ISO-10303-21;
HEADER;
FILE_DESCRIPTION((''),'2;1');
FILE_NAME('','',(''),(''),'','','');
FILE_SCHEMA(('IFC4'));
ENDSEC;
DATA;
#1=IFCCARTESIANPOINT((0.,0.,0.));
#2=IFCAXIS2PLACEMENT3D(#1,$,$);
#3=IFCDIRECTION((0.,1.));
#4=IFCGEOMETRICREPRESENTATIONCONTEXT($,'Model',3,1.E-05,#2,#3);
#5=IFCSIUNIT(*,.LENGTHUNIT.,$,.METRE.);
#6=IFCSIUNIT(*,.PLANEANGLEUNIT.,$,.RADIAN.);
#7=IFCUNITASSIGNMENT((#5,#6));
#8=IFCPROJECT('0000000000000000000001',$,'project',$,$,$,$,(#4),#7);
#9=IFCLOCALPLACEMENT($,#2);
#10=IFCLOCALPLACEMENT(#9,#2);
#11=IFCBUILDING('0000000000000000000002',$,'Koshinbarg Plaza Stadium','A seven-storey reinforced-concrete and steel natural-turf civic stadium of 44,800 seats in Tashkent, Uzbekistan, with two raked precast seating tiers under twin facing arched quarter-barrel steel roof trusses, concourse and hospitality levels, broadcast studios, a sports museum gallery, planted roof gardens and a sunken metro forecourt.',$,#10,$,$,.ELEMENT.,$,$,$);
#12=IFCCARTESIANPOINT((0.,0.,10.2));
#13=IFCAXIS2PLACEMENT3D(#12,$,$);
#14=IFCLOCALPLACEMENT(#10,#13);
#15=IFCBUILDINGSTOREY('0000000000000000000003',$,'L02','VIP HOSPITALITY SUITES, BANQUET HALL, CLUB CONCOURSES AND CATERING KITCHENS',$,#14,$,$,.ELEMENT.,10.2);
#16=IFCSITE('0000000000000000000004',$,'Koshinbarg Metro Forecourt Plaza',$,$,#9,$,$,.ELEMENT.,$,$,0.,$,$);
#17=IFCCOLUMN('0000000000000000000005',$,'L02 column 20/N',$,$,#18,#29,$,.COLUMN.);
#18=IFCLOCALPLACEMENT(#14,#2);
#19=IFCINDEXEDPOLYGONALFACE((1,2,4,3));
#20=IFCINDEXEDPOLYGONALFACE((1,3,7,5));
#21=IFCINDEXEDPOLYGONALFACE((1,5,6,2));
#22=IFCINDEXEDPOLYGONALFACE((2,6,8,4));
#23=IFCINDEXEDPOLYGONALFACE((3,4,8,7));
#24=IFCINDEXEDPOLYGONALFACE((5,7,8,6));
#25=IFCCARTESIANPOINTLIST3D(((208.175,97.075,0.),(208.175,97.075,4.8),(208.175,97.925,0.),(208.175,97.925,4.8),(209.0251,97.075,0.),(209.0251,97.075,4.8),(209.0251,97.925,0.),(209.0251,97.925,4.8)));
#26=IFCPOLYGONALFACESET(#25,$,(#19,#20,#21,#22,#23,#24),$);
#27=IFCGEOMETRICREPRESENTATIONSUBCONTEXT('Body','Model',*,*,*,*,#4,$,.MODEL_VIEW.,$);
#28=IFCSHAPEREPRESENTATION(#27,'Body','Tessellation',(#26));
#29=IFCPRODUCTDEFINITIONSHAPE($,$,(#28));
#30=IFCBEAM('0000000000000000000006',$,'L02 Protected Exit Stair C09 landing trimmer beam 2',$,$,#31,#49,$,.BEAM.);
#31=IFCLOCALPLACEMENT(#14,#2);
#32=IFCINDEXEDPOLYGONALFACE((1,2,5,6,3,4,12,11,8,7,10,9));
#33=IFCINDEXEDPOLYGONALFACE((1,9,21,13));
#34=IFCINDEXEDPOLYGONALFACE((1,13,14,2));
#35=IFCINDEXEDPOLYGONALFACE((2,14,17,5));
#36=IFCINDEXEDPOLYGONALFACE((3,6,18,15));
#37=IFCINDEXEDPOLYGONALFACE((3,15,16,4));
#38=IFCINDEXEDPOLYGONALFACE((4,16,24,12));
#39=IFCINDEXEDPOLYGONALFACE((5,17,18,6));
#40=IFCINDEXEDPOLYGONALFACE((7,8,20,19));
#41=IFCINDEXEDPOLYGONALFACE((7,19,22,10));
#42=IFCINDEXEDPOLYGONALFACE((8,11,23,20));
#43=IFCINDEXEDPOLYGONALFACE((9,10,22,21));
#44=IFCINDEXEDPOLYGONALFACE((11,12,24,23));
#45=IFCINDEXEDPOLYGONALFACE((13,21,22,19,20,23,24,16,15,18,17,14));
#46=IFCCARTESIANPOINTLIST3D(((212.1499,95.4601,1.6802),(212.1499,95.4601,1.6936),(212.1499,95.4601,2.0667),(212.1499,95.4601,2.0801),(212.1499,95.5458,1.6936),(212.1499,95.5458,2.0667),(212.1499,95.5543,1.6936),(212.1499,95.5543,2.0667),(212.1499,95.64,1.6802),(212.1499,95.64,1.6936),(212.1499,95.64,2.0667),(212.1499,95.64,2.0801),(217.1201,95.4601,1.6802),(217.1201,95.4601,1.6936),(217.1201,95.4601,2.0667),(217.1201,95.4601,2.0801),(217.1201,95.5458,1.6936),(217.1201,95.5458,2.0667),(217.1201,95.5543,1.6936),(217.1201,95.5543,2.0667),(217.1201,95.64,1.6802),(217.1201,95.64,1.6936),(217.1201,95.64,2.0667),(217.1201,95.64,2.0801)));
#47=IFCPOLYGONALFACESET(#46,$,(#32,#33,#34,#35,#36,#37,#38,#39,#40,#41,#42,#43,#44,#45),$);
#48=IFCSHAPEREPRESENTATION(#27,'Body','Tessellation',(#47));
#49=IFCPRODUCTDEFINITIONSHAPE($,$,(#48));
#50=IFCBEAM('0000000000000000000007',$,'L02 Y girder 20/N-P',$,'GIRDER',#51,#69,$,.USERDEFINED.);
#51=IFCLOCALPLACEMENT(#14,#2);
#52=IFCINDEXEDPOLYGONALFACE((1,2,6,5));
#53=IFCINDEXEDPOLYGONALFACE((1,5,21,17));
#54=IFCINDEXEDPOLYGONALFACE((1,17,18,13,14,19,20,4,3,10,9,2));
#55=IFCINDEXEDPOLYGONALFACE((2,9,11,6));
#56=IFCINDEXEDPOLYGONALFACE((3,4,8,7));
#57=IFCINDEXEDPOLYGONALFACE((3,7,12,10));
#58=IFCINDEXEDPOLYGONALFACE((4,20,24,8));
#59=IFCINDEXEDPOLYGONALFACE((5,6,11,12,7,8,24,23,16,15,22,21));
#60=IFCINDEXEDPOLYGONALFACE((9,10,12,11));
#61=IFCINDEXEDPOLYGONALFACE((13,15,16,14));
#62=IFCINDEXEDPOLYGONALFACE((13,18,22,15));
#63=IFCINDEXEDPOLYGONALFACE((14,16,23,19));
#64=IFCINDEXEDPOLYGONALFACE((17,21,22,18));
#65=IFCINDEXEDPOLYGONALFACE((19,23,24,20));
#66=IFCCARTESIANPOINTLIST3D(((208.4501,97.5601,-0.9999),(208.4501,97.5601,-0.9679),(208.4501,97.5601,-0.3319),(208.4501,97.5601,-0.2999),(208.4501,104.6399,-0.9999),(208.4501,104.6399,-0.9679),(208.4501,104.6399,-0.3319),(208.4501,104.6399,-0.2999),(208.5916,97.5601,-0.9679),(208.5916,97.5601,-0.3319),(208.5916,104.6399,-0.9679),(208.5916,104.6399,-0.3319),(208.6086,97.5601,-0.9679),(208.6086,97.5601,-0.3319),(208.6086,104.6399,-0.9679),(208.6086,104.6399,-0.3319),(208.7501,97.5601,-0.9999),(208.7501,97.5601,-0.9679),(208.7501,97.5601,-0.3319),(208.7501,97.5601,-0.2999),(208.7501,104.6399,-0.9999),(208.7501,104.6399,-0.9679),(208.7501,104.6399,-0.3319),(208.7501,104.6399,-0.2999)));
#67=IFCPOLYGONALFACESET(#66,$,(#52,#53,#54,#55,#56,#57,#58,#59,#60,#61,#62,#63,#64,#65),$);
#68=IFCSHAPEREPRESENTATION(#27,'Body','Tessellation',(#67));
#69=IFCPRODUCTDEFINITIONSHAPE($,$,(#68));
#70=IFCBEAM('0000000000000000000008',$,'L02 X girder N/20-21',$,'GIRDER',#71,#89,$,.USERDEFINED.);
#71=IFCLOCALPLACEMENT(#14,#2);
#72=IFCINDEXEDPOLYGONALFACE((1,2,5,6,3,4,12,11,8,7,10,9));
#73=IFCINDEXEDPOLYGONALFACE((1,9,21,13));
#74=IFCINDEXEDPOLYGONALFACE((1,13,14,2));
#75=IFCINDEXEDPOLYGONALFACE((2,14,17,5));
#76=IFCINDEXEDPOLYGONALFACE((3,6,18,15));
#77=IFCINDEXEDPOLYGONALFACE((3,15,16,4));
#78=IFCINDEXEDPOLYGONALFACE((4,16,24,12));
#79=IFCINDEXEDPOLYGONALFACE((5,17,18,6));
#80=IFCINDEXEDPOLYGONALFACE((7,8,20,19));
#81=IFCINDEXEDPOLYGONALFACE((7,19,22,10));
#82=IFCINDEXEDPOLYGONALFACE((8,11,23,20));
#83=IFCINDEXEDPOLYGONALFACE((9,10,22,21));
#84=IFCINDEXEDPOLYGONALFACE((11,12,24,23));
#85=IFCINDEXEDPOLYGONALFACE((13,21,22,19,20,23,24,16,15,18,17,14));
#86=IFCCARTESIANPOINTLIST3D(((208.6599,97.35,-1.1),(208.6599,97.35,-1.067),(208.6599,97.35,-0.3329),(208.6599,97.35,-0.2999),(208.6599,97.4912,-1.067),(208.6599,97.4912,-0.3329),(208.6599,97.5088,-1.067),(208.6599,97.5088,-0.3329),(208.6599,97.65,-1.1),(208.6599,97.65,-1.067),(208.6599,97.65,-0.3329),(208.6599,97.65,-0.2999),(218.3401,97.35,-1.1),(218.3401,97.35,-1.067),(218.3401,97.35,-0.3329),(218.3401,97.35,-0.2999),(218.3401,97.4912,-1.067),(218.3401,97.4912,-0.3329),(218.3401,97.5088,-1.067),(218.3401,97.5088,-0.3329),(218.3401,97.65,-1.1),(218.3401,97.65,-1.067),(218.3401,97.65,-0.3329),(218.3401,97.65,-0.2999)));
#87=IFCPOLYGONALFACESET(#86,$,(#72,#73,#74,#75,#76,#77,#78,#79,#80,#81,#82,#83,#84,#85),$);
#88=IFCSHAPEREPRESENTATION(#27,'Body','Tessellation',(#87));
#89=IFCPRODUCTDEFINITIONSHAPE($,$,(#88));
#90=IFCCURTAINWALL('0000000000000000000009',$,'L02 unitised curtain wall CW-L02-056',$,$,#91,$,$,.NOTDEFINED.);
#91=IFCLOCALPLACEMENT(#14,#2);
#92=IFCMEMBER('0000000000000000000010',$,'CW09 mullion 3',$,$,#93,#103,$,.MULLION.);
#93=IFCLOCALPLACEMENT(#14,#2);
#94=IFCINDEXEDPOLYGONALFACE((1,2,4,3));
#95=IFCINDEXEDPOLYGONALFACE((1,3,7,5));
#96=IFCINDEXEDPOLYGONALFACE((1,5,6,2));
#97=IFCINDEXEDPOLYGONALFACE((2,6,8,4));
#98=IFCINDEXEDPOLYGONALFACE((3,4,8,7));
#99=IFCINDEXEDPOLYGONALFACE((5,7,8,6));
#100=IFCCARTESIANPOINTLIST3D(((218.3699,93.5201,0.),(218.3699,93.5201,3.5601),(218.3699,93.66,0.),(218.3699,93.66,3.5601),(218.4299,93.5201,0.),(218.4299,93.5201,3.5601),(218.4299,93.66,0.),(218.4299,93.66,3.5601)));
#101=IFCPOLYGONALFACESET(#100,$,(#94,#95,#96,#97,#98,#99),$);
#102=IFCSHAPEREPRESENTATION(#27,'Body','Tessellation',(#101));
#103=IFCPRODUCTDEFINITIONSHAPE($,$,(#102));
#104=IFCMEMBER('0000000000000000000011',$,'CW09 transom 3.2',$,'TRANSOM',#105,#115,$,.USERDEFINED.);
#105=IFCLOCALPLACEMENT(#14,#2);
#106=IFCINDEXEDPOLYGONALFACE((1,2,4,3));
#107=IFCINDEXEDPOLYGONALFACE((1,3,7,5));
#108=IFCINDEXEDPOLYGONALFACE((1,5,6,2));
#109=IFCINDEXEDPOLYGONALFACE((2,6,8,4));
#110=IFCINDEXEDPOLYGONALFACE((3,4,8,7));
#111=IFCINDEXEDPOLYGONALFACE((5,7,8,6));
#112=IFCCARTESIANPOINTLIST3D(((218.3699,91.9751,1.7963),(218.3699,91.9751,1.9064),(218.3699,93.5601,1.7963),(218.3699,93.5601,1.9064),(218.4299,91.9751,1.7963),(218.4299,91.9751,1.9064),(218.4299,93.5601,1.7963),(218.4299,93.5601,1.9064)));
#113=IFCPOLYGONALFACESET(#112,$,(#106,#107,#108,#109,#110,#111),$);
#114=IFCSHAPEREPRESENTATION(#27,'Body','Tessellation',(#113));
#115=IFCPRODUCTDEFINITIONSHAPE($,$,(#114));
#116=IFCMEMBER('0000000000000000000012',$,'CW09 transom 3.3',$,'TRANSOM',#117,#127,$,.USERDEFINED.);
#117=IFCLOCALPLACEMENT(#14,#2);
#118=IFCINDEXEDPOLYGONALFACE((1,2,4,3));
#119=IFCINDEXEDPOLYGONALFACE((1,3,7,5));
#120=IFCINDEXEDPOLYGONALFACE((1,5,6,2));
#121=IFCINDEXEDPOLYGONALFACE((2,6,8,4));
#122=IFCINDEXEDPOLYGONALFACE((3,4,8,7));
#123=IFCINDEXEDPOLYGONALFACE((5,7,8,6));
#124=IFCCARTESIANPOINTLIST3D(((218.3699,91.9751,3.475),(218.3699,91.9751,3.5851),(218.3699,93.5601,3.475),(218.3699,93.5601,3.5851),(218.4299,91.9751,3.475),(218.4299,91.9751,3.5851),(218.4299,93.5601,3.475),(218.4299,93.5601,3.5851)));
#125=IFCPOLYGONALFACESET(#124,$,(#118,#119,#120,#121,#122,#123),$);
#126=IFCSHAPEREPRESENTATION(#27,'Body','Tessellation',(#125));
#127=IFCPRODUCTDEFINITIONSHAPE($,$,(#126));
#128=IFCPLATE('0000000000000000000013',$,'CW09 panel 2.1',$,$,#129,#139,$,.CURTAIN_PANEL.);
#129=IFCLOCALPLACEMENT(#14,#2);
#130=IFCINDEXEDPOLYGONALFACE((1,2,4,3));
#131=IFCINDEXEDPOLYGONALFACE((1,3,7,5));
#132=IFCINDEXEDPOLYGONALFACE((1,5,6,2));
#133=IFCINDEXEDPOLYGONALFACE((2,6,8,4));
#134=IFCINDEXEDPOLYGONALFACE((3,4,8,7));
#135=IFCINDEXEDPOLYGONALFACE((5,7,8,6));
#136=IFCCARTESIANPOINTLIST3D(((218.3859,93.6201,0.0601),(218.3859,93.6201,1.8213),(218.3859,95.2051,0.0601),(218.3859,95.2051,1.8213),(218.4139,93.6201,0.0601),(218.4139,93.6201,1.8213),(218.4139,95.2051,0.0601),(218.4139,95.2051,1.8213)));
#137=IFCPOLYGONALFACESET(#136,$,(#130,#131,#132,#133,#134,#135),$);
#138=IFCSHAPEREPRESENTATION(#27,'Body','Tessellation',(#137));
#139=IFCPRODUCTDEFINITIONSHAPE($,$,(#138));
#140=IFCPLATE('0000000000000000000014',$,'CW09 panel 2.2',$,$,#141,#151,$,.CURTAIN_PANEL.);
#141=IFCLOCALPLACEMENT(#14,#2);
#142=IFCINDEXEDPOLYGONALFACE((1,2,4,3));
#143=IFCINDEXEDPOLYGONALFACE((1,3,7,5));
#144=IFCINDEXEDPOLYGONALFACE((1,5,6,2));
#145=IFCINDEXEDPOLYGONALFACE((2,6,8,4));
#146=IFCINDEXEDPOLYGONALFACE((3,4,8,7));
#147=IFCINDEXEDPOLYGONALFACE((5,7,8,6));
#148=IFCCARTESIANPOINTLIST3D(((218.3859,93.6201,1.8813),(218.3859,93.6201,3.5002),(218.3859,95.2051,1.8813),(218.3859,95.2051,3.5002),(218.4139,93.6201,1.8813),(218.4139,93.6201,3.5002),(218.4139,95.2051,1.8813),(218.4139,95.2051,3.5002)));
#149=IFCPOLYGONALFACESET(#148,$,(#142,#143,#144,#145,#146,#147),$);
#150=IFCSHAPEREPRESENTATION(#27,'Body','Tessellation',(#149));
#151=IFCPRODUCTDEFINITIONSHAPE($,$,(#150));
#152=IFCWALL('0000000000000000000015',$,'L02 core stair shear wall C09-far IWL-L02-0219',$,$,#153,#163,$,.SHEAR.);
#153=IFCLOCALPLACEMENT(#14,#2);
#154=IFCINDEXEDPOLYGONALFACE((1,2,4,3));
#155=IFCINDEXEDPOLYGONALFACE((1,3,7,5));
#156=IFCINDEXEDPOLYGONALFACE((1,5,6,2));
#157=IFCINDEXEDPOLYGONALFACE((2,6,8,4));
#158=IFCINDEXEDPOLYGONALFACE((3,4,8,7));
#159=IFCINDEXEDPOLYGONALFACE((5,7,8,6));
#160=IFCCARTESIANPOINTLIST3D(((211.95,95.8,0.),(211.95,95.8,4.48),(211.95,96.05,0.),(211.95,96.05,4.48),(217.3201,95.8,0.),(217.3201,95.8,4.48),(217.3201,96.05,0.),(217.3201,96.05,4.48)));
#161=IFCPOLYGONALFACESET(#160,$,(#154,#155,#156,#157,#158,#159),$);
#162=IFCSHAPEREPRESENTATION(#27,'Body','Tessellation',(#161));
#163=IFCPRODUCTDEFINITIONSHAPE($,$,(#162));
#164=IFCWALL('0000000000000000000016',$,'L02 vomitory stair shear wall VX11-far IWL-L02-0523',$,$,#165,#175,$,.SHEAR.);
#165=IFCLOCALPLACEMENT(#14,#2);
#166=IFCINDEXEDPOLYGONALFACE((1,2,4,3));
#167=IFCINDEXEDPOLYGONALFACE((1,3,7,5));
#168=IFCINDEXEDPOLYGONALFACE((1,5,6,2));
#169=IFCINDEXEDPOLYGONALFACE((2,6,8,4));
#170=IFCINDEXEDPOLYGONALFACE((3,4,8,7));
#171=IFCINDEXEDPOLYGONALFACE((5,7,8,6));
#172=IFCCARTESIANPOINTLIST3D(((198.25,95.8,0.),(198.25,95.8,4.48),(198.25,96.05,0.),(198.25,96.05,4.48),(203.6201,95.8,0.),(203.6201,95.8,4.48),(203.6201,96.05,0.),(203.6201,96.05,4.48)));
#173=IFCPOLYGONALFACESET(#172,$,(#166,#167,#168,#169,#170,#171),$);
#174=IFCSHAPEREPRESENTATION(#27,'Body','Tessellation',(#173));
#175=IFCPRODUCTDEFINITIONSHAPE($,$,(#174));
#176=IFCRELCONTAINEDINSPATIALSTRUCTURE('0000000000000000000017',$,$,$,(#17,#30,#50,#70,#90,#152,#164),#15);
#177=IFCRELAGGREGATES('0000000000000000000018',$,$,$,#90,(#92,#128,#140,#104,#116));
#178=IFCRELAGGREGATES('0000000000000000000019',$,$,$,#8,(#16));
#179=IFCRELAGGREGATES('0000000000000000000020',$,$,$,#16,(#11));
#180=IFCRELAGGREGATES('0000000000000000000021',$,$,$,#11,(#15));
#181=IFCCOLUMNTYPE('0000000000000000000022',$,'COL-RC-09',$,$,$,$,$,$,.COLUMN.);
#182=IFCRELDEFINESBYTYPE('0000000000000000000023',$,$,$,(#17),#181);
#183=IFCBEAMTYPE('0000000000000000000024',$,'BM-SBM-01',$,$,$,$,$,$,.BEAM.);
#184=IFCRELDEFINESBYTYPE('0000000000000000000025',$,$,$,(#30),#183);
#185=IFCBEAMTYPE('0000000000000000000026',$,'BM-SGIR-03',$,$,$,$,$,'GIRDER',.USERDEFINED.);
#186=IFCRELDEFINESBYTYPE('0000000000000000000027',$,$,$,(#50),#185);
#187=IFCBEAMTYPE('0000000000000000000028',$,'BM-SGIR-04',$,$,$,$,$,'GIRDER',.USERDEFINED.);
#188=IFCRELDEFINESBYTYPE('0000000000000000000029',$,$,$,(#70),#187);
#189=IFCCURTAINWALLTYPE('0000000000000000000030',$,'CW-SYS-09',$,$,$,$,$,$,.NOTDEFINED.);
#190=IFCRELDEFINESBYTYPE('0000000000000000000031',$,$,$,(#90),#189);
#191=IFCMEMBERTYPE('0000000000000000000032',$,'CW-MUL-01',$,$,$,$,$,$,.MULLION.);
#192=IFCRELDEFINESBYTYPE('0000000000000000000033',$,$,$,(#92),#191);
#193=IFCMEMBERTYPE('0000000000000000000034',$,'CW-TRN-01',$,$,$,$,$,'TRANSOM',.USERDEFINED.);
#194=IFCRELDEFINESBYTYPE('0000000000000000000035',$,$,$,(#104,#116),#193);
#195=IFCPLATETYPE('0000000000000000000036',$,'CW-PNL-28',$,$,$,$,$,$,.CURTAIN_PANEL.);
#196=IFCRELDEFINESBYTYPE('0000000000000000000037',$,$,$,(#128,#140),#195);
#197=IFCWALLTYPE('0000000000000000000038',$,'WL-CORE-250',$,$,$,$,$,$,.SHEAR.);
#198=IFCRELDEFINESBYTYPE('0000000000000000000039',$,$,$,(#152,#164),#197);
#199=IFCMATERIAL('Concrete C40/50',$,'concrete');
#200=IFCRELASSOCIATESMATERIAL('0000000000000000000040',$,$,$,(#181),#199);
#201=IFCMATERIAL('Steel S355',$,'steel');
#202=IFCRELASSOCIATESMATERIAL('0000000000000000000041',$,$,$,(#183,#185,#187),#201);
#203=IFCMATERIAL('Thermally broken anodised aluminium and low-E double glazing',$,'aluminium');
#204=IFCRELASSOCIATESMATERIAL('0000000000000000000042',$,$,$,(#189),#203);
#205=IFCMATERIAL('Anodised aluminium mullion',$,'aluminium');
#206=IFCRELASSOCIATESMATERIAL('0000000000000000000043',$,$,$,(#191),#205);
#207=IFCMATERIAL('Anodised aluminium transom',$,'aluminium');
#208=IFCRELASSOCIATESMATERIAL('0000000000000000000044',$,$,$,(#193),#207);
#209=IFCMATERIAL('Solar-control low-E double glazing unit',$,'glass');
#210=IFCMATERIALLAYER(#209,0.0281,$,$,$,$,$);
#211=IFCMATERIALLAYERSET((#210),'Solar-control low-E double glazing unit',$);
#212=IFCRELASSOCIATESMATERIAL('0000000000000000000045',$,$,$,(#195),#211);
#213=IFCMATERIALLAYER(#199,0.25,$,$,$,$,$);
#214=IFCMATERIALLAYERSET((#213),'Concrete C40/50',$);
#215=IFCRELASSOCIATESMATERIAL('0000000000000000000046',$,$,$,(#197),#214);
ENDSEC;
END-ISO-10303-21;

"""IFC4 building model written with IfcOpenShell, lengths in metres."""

from ifc_helpers import new_model, si_unit, direction, frame, frame_2d, origin, origin_2d, place, context, subcontext, project, spatial, rectangle, i_section, extrude, material, layer, layer_set, material_profile, profile_set, type_object, element, aggregate, save


model = new_model("IFC4")

# Units and contexts
model_context = context("Model", 3, precision=1e-05, world=origin(), true_north=direction((0.0, 1.0)))
body_context = subcontext(model_context, "Body", "Model", "MODEL_VIEW")
ifc_project = project(units=[si_unit("LENGTHUNIT", "METRE"), si_unit("PLANEANGLEUNIT", "RADIAN")], contexts=[model_context])

# Site, building, storey
site_placement = place(None, origin())
site = spatial("IfcSite", under=ifc_project, at=site_placement, Name="Koshinbarg Metro Forecourt Plaza", CompositionType="ELEMENT", RefElevation=0.0)
building_placement = place(site_placement, origin())
building = spatial("IfcBuilding", under=site, at=building_placement, Name="Koshinbarg Plaza Stadium", Description="A seven-storey reinforced-concrete and steel natural-turf civic stadium of 44,800 seats in Tashkent, Uzbekistan, with two raked precast seating tiers under twin facing arched quarter-barrel steel roof trusses, concourse and hospitality levels, broadcast studios, a sports museum gallery, planted roof gardens and a sunken metro forecourt.", CompositionType="ELEMENT")
storey_placement = place(building_placement, frame((0.0, 0.0, 10.2)))
storey = spatial("IfcBuildingStorey", under=building, at=storey_placement, Name="L02", Description="VIP HOSPITALITY SUITES, BANQUET HALL, CLUB CONCOURSES AND CATERING KITCHENS", CompositionType="ELEMENT", Elevation=10.2)

# Column
ifc_material_1 = material(Name="Concrete C40/50", Category="concrete")
ifc_material_profile_1 = material_profile(ifc_material_1, rectangle(XDim=0.8501, YDim=0.8501, at=origin_2d()), Name="RC 850x850")
ifc_profile_set_1 = profile_set([ifc_material_profile_1], Name="Concrete C40/50")
column_type = type_object("IfcColumnType", Name="COL-RC-09", PredefinedType="COLUMN", material=ifc_profile_set_1)
column_placement = place(storey_placement, frame((208.6001, 97.5, 0.0), z_axis=(0.0, 0.0, 1.0), x_axis=(1.0, 0.0, 0.0)))
element("IfcColumn", 1, at=column_placement, inside=storey, type_object=column_type, Name="L02 column 20/N", PredefinedType="COLUMN", context=body_context, shape_type="SweptSolid", body=[
    extrude(rectangle(XDim=0.8501, YDim=0.8501, at=origin_2d()), origin(), (0.0, 0.0, 1.0), 4.8),
])

# Beams
ifc_material_2 = material(Name="Steel S355", Category="steel")
ifc_material_profile_2 = material_profile(ifc_material_2, i_section(OverallWidth=0.1799, OverallDepth=0.3999, WebThickness=0.0085, FlangeThickness=0.0134, at=origin_2d()), Name="IPE 400")
ifc_profile_set_2 = profile_set([ifc_material_profile_2], Name="Steel S355")
beam_type_1 = type_object("IfcBeamType", Name="BM-SBM-01", PredefinedType="BEAM", material=ifc_profile_set_2)
beam_1_placement = place(storey_placement, frame((212.1499, 95.55, 1.8801), z_axis=(1.0, 0.0, 0.0), x_axis=(0.0, 1.0, 0.0)))
element("IfcBeam", 2, at=beam_1_placement, inside=storey, type_object=beam_type_1, Name="L02 Protected Exit Stair C09 landing trimmer beam 2", PredefinedType="BEAM", context=body_context, shape_type="SweptSolid", body=[
    extrude(i_section(OverallWidth=0.1799, OverallDepth=0.3999, WebThickness=0.0085, FlangeThickness=0.0134, at=origin_2d()), origin(), (0.0, 0.0, 1.0), 4.9702),
])
ifc_material_profile_3 = material_profile(ifc_material_2, i_section(OverallWidth=0.3, OverallDepth=0.7, WebThickness=0.0171, FlangeThickness=0.032, at=origin_2d()), Name="HEB 700")
ifc_profile_set_3 = profile_set([ifc_material_profile_3], Name="Steel S355")
beam_type_2 = type_object("IfcBeamType", Name="BM-SGIR-03", ElementType="GIRDER", PredefinedType="USERDEFINED", material=ifc_profile_set_3)
beam_2_placement = place(storey_placement, frame((208.6001, 97.5601, -0.6499), z_axis=(0.0, 1.0, 0.0), x_axis=(-1.0, 0.0, 0.0)))
element("IfcBeam", 3, at=beam_2_placement, inside=storey, type_object=beam_type_2, Name="L02 Y girder 20/N-P", ObjectType="GIRDER", PredefinedType="USERDEFINED", context=body_context, shape_type="SweptSolid", body=[
    extrude(i_section(OverallWidth=0.3, OverallDepth=0.7, WebThickness=0.0171, FlangeThickness=0.032, at=origin_2d()), origin(), (0.0, 0.0, 1.0), 7.0798),
])
ifc_material_profile_4 = material_profile(ifc_material_2, i_section(OverallWidth=0.3, OverallDepth=0.8, WebThickness=0.0176, FlangeThickness=0.033, at=origin_2d()), Name="HEB 800")
ifc_profile_set_4 = profile_set([ifc_material_profile_4], Name="Steel S355")
beam_type_3 = type_object("IfcBeamType", Name="BM-SGIR-04", ElementType="GIRDER", PredefinedType="USERDEFINED", material=ifc_profile_set_4)
beam_3_placement = place(storey_placement, frame((208.6599, 97.5, -0.7), z_axis=(1.0, 0.0, 0.0), x_axis=(0.0, 1.0, 0.0)))
element("IfcBeam", 4, at=beam_3_placement, inside=storey, type_object=beam_type_3, Name="L02 X girder N/20-21", ObjectType="GIRDER", PredefinedType="USERDEFINED", context=body_context, shape_type="SweptSolid", body=[
    extrude(i_section(OverallWidth=0.3, OverallDepth=0.8, WebThickness=0.0176, FlangeThickness=0.033, at=origin_2d()), origin(), (0.0, 0.0, 1.0), 9.6802),
])

# Curtain wall, members, plates
ifc_material_3 = material(Name="Thermally broken anodised aluminium and low-E double glazing", Category="aluminium")
curtain_wall_type = type_object("IfcCurtainWallType", Name="CW-SYS-09", PredefinedType="NOTDEFINED", material=ifc_material_3)
curtain_wall_placement = place(storey_placement, origin())
curtain_wall = element("IfcCurtainWall", 5, at=curtain_wall_placement, inside=storey, type_object=curtain_wall_type, Name="L02 unitised curtain wall CW-L02-056", PredefinedType="NOTDEFINED")
ifc_material_4 = material(Name="Anodised aluminium mullion", Category="aluminium")
ifc_material_profile_5 = material_profile(ifc_material_4, rectangle(XDim=0.0601, YDim=0.1399, at=origin_2d()), Name="ALU 60x140")
ifc_profile_set_5 = profile_set([ifc_material_profile_5], Name="Anodised aluminium mullion")
member_type_1 = type_object("IfcMemberType", Name="CW-MUL-01", PredefinedType="MULLION", material=ifc_profile_set_5)
member_1_placement = place(storey_placement, frame((218.3999, 93.5901, 0.0), z_axis=(0.0, 0.0, 1.0), x_axis=(1.0, 0.0, 0.0)))
member_1 = element("IfcMember", 6, at=member_1_placement, type_object=member_type_1, Name="CW09 mullion 3", PredefinedType="MULLION", context=body_context, shape_type="SweptSolid", body=[
    extrude(rectangle(XDim=0.0601, YDim=0.1399, at=origin_2d()), origin(), (0.0, 0.0, 1.0), 3.5601),
])
ifc_material_5 = material(Name="Anodised aluminium transom", Category="aluminium")
ifc_material_profile_6 = material_profile(ifc_material_5, rectangle(XDim=0.0601, YDim=0.1101, at=origin_2d()), Name="ALU 60x110")
ifc_profile_set_6 = profile_set([ifc_material_profile_6], Name="Anodised aluminium transom")
member_type_2 = type_object("IfcMemberType", Name="CW-TRN-01", ElementType="TRANSOM", PredefinedType="USERDEFINED", material=ifc_profile_set_6)
member_2_placement = place(storey_placement, frame((218.3999, 93.5601, 1.8513), z_axis=(0.0, -1.0, 0.0), x_axis=(1.0, 0.0, 0.0)))
member_2 = element("IfcMember", 7, at=member_2_placement, type_object=member_type_2, Name="CW09 transom 3.2", ObjectType="TRANSOM", PredefinedType="USERDEFINED", context=body_context, shape_type="SweptSolid", body=[
    extrude(rectangle(XDim=0.0601, YDim=0.1101, at=origin_2d()), origin(), (0.0, 0.0, 1.0), 1.585),
])
member_3_placement = place(storey_placement, frame((218.3999, 93.5601, 3.53), z_axis=(0.0, -1.0, 0.0), x_axis=(1.0, 0.0, 0.0)))
member_3 = element("IfcMember", 8, at=member_3_placement, type_object=member_type_2, Name="CW09 transom 3.3", ObjectType="TRANSOM", PredefinedType="USERDEFINED", context=body_context, shape_type="SweptSolid", body=[
    extrude(rectangle(XDim=0.0601, YDim=0.1101, at=origin_2d()), origin(), (0.0, 0.0, 1.0), 1.585),
])
ifc_material_6 = material(Name="Solar-control low-E double glazing unit", Category="glass")
ifc_layer_1 = layer(ifc_material_6, 0.0281)
ifc_layer_set_1 = layer_set([ifc_layer_1], Name="Solar-control low-E double glazing unit")
plate_type = type_object("IfcPlateType", Name="CW-PNL-28", PredefinedType="CURTAIN_PANEL", material=ifc_layer_set_1)
plate_1_placement = place(storey_placement, frame((218.3999, 94.4126, 0.0601), z_axis=(0.0, 0.0, 1.0), x_axis=(0.0, -1.0, 0.0)))
plate_1 = element("IfcPlate", 9, at=plate_1_placement, type_object=plate_type, Name="CW09 panel 2.1", PredefinedType="CURTAIN_PANEL", context=body_context, shape_type="SweptSolid", body=[
    extrude(rectangle(XDim=1.585, YDim=0.0281, at=origin_2d()), origin(), (0.0, 0.0, 1.0), 1.7612),
])
plate_2_placement = place(storey_placement, frame((218.3999, 94.4126, 1.8813), z_axis=(0.0, 0.0, 1.0), x_axis=(0.0, -1.0, 0.0)))
plate_2 = element("IfcPlate", 10, at=plate_2_placement, type_object=plate_type, Name="CW09 panel 2.2", PredefinedType="CURTAIN_PANEL", context=body_context, shape_type="SweptSolid", body=[
    extrude(rectangle(XDim=1.585, YDim=0.0281, at=origin_2d()), origin(), (0.0, 0.0, 1.0), 1.6189),
])
aggregate(curtain_wall, [member_1, plate_1, plate_2, member_2, member_3])

# Walls
ifc_layer_2 = layer(ifc_material_1, 0.25)
ifc_layer_set_2 = layer_set([ifc_layer_2], Name="Concrete C40/50")
wall_type_1 = type_object("IfcWallType", Name="WL-CORE-250", PredefinedType="SHEAR", material=ifc_layer_set_2)
for number, where, z_axis, x_axis, name in (
    (11, (217.3201, 95.925, 0.0), (0.0, 0.0, 1.0), (-1.0, 0.0, 0.0), "L02 core stair shear wall C09-far IWL-L02-0219"),
    (12, (203.6201, 95.925, 0.0), (0.0, 0.0, 1.0), (-1.0, 0.0, 0.0), "L02 vomitory stair shear wall VX11-far IWL-L02-0523"),
):
    element("IfcWall", number, at=place(storey_placement, frame(where, z_axis=z_axis, x_axis=x_axis)), inside=storey, type_object=wall_type_1, Name=name, PredefinedType="SHEAR", context=body_context, shape_type="SweptSolid", body=[
        extrude(rectangle(XDim=5.3701, YDim=0.25, at=frame_2d((2.6851, 0.0))), origin(), (0.0, 0.0, 1.0), 4.48),
    ])

save(model, "model.ifc")
